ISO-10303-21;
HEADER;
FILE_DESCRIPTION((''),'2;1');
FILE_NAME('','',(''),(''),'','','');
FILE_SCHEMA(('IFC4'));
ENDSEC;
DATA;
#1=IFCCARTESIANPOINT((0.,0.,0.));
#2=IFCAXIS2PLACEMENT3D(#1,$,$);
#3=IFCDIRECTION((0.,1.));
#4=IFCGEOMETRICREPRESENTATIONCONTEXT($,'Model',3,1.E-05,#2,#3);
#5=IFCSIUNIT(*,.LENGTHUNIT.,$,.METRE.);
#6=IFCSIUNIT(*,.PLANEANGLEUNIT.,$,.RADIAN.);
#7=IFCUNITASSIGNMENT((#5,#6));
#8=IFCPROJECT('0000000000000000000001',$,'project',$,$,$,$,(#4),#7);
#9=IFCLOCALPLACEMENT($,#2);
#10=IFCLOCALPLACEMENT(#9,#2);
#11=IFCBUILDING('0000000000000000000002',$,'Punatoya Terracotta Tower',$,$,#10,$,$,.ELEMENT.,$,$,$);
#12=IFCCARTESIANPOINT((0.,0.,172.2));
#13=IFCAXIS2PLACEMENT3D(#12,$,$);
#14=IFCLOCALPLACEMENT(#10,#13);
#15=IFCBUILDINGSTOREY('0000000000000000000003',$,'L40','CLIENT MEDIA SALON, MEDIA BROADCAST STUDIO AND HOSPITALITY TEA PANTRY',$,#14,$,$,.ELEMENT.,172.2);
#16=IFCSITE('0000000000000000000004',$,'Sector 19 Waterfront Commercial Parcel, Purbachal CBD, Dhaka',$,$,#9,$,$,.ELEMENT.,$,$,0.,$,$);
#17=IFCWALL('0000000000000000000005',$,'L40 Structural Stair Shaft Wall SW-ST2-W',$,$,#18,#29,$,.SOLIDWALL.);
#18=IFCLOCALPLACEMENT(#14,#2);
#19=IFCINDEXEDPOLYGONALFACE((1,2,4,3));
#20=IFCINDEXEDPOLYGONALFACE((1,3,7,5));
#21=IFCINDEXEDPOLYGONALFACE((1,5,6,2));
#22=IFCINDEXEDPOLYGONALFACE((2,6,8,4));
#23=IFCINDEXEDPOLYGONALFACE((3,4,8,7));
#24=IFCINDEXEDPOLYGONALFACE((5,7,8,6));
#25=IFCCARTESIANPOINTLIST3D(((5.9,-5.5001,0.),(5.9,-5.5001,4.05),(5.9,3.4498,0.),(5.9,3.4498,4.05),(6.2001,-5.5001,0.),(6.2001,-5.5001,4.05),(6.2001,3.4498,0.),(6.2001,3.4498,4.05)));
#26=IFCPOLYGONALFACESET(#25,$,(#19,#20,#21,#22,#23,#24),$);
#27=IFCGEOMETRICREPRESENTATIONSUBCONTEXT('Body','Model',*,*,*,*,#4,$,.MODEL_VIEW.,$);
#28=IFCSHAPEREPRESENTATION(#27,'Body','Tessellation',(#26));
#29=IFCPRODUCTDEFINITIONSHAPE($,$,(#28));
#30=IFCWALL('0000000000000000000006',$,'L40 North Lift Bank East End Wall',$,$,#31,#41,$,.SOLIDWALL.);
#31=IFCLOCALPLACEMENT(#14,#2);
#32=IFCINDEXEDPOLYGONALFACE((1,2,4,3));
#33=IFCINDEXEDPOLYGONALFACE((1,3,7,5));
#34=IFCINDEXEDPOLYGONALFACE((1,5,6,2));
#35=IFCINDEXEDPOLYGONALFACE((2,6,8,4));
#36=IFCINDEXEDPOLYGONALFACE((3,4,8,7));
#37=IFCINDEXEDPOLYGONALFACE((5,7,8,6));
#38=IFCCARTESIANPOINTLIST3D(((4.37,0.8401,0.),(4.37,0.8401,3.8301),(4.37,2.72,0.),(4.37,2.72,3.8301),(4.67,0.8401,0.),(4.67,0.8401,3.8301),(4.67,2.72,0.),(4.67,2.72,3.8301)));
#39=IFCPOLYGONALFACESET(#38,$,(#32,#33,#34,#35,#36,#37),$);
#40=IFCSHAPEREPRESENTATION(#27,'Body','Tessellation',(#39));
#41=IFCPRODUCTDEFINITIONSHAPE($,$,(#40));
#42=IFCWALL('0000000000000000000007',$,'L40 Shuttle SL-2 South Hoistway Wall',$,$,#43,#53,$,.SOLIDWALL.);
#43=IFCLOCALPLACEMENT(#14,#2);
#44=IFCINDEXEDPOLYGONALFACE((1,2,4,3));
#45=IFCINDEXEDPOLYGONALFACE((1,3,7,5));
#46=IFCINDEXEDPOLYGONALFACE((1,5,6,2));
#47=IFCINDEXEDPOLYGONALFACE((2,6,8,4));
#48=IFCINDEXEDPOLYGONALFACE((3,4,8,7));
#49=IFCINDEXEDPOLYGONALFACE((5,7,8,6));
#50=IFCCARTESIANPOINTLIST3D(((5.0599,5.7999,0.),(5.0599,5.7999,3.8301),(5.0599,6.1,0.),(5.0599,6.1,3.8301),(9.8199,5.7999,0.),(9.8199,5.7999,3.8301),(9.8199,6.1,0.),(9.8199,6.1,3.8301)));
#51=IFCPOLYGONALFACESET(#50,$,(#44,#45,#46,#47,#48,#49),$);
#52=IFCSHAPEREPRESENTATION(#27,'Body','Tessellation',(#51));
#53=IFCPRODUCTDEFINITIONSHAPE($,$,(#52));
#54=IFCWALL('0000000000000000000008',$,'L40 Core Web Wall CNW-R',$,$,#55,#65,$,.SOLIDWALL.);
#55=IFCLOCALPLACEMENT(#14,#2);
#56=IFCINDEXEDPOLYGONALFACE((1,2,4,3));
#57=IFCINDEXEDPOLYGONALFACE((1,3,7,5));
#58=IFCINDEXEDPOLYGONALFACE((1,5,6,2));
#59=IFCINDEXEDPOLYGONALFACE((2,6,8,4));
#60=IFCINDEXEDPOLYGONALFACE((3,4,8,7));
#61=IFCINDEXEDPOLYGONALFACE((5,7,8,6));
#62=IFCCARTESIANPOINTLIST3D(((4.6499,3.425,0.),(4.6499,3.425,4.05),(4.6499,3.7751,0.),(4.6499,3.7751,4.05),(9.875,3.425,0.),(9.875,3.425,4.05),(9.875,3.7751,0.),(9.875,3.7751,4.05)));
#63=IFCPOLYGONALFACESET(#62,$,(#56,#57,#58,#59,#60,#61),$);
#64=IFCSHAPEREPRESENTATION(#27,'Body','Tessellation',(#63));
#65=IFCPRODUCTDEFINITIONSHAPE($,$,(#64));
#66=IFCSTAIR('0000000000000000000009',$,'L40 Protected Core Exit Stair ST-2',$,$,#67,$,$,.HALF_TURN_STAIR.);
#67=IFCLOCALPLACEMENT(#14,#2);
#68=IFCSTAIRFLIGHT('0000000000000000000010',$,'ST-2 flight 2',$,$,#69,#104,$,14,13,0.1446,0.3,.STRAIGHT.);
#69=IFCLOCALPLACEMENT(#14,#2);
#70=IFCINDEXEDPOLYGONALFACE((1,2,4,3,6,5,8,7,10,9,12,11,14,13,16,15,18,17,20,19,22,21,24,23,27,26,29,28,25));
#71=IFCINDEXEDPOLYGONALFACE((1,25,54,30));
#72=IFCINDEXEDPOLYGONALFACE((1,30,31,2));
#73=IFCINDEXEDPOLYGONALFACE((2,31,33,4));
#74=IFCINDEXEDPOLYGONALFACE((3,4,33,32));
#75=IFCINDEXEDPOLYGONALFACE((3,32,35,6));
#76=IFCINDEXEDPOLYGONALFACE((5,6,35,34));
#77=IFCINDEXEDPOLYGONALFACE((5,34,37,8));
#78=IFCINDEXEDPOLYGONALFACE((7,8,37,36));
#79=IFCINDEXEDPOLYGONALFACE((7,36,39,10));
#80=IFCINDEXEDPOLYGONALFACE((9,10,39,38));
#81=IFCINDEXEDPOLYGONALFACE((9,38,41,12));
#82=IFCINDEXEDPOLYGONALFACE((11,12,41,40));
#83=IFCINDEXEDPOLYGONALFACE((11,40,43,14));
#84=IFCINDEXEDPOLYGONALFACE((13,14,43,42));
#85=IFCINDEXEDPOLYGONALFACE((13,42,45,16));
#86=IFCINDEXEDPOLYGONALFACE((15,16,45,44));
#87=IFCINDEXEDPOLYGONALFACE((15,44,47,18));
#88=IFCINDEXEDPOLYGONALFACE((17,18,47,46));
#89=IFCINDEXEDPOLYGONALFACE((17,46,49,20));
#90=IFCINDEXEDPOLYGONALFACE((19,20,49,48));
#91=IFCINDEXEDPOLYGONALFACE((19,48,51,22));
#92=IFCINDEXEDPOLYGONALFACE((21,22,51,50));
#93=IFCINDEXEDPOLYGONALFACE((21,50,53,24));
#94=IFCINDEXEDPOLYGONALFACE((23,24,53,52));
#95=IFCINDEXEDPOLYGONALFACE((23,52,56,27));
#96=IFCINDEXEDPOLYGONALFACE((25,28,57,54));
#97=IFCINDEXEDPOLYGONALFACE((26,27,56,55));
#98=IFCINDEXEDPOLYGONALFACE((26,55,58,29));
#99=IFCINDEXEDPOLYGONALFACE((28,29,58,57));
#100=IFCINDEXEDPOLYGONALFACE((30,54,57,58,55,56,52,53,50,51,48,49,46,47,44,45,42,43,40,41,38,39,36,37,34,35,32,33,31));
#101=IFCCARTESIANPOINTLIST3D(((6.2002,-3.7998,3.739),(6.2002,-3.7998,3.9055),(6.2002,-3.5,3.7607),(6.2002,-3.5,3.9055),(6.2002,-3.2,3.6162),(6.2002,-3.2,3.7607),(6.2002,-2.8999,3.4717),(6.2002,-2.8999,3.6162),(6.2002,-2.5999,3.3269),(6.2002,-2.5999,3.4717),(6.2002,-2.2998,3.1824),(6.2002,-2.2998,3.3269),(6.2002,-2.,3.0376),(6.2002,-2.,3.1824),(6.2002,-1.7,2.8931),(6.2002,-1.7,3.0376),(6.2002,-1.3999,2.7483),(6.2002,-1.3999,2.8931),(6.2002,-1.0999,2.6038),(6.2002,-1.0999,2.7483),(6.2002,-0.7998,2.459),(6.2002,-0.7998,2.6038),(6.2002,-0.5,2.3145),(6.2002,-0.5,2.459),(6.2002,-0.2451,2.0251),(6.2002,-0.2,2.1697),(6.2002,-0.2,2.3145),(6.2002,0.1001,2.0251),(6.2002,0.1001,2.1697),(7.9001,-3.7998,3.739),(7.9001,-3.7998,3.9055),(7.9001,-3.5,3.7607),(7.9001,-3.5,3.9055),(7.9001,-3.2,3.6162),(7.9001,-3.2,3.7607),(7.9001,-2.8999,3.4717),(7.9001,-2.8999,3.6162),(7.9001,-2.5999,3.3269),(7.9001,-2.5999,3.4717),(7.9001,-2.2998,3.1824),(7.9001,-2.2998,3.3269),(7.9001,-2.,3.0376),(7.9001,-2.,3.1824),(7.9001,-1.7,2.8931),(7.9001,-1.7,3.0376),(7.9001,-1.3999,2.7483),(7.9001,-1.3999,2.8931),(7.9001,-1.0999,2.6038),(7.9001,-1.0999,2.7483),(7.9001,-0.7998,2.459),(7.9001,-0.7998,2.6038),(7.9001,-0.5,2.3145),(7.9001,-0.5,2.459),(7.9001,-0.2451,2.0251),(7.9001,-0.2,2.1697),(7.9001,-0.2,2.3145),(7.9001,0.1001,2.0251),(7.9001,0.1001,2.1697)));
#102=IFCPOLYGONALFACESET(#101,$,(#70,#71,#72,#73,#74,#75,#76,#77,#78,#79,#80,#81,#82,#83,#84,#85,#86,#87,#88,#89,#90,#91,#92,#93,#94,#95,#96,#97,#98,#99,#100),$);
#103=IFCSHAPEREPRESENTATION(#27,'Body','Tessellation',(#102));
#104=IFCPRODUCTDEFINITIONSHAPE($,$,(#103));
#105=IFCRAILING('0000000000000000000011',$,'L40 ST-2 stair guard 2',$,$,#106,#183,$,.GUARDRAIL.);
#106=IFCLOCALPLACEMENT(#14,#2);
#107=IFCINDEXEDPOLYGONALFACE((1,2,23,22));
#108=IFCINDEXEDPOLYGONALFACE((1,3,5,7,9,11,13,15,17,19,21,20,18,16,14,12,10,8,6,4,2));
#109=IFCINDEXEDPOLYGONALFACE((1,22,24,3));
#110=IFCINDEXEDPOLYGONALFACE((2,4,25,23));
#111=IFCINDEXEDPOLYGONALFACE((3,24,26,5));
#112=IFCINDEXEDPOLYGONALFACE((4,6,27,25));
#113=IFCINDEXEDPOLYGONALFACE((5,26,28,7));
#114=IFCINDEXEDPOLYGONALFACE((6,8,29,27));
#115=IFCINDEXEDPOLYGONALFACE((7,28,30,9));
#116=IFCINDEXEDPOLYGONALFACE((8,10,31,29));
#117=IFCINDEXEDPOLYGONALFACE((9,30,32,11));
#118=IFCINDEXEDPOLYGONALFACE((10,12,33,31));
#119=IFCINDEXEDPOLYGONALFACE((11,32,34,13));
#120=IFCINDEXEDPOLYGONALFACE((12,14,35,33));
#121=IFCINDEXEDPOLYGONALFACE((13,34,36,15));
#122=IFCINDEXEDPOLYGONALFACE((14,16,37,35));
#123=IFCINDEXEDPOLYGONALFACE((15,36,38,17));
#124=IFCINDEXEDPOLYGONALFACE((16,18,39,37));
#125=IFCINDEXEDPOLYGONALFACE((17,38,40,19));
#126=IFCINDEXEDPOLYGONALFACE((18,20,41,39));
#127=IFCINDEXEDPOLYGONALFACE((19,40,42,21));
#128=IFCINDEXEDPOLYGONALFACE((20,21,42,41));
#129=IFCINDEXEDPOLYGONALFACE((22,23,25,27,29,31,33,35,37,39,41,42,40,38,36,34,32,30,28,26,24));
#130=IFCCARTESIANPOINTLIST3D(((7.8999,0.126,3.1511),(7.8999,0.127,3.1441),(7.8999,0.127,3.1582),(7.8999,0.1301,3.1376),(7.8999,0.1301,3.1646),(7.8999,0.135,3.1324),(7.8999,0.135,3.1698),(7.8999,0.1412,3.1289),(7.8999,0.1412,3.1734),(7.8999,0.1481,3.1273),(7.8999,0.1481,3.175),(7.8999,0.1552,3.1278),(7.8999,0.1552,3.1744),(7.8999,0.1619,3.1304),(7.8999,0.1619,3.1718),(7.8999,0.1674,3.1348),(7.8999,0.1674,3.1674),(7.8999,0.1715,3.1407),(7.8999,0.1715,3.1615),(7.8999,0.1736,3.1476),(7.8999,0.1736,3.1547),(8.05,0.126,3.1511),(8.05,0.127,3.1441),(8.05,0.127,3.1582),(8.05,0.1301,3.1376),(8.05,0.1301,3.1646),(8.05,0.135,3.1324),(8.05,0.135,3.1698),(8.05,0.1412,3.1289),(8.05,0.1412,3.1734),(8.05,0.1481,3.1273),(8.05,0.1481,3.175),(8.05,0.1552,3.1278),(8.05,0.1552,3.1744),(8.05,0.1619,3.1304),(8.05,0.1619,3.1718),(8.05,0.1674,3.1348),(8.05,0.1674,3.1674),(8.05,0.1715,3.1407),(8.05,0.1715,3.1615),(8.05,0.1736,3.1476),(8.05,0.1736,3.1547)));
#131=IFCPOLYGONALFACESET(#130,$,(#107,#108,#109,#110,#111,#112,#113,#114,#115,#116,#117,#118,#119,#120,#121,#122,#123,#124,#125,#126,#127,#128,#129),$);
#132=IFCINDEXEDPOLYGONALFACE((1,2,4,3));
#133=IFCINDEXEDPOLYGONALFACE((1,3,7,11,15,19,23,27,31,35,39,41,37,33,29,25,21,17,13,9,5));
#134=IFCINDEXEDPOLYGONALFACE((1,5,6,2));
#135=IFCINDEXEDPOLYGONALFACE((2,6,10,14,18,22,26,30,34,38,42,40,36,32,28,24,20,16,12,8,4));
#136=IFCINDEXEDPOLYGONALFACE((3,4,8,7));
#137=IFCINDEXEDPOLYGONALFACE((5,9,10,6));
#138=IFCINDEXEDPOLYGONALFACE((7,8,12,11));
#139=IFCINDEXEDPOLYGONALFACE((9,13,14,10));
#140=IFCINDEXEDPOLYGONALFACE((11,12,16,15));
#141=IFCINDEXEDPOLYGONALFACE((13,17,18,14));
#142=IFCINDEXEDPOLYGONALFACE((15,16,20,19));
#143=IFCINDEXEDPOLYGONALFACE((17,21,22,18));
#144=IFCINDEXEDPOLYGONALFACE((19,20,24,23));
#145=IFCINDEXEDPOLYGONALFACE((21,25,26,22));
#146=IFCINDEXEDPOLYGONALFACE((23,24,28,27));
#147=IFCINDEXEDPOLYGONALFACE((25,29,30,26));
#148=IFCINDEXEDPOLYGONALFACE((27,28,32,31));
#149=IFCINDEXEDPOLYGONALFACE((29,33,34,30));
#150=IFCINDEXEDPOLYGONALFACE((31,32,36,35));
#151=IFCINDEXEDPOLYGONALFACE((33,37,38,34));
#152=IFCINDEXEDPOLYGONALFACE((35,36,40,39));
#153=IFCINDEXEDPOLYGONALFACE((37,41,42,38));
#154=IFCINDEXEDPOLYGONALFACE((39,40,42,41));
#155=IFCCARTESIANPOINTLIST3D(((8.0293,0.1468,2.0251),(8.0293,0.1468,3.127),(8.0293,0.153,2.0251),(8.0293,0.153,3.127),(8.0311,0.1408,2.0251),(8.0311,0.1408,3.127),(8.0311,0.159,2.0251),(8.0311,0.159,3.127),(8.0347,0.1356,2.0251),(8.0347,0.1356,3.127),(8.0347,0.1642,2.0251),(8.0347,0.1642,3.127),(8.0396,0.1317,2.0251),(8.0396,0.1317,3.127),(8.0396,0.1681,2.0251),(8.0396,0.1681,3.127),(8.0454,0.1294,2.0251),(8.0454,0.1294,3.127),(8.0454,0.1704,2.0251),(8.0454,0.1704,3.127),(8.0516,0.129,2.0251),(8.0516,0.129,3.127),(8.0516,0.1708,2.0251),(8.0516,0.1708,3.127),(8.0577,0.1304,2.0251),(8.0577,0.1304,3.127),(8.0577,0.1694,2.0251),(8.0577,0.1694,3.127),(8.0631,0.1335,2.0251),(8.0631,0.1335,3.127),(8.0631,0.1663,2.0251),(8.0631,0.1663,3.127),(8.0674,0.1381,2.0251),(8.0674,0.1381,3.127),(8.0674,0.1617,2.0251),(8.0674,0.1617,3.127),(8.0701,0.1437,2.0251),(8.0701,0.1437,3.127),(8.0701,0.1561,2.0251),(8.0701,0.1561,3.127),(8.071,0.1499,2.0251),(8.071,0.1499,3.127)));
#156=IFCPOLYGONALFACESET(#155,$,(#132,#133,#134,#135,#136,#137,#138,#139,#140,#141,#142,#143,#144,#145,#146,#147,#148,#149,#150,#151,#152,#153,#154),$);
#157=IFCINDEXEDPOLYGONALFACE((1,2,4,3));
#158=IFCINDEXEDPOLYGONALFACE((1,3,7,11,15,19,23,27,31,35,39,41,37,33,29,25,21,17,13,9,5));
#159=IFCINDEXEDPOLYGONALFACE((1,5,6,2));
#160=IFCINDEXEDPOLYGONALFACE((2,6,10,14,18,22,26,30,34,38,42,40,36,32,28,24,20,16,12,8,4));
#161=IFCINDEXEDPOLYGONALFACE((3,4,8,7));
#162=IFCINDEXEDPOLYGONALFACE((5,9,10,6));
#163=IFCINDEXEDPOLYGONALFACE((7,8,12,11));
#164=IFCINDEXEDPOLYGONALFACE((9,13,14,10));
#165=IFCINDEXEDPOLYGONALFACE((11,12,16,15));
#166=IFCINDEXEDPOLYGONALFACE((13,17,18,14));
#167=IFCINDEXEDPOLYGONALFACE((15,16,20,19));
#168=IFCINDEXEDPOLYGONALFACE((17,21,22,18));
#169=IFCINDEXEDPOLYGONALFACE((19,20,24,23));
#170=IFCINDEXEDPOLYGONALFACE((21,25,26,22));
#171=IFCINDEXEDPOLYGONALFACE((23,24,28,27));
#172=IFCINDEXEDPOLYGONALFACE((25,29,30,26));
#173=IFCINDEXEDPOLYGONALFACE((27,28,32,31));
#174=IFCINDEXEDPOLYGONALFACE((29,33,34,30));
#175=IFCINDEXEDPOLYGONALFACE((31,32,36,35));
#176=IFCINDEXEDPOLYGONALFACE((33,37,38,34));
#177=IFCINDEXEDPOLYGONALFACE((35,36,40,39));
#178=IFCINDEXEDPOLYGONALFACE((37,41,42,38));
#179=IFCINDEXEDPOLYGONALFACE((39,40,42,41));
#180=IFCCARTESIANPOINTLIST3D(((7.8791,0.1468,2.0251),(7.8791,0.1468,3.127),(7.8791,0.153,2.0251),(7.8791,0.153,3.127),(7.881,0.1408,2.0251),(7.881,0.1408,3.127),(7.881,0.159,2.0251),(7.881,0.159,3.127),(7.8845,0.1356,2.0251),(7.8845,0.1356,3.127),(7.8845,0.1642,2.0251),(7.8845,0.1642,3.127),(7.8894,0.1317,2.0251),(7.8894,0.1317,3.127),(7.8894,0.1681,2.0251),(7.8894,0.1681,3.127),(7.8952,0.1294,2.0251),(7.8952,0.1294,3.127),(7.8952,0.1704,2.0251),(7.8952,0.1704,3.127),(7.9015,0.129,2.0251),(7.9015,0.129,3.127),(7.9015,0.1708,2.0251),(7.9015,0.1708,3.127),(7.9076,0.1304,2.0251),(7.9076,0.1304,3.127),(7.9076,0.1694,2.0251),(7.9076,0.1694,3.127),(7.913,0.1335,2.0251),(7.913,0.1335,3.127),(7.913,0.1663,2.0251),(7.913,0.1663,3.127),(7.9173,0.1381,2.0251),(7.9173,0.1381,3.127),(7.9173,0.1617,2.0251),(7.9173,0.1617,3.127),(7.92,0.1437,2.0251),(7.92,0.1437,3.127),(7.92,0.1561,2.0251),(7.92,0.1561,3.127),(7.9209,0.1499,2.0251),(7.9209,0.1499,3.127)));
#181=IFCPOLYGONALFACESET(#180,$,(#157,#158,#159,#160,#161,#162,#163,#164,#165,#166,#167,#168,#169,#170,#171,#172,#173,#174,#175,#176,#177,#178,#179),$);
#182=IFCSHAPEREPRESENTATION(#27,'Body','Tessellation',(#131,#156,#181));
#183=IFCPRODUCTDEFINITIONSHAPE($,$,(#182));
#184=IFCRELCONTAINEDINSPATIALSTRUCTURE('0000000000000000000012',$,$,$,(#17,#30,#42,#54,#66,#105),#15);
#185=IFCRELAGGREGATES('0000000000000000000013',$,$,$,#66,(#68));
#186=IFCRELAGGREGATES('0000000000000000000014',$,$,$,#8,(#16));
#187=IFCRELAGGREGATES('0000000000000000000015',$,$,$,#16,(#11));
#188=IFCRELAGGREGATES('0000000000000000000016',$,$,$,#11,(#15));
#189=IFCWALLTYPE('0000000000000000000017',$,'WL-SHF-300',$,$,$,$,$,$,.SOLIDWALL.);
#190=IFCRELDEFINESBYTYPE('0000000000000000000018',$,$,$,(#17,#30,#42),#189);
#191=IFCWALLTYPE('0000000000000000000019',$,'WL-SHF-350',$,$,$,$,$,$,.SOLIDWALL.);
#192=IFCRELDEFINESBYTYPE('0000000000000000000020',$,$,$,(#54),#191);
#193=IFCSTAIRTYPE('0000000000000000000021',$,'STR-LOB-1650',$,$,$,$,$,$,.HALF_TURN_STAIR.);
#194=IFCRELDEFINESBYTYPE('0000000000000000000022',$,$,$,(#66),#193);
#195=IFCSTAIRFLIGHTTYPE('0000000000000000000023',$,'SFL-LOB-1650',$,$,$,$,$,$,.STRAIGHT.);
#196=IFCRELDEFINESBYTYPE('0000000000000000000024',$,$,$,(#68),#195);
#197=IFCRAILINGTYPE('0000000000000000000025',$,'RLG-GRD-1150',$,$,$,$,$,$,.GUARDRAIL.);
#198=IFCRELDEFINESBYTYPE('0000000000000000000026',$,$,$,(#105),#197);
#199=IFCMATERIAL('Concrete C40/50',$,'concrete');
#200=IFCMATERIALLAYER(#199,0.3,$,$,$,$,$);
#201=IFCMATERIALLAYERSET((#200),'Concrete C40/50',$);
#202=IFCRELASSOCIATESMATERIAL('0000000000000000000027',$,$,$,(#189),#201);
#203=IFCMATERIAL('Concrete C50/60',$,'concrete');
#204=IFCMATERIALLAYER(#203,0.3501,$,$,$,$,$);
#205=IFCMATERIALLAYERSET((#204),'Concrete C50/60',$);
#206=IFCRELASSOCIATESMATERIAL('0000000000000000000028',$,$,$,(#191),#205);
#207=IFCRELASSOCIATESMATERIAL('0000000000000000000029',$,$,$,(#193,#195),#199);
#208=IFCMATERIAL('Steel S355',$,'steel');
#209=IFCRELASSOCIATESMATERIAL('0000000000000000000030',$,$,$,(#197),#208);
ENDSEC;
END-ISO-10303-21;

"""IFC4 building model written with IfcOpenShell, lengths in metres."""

from ifc_helpers import new_model, si_unit, direction, frame, frame_2d, origin, origin_2d, place, context, subcontext, project, spatial, polyline, rectangle, circle, outline, extrude, material, layer, layer_set, type_object, element, aggregate, save


model = new_model("IFC4")

# Units and contexts
model_context = context("Model", 3, precision=1e-05, world=origin(), true_north=direction((0.0, 1.0)))
body_context = subcontext(model_context, "Body", "Model", "MODEL_VIEW")
ifc_project = project(units=[si_unit("LENGTHUNIT", "METRE"), si_unit("PLANEANGLEUNIT", "RADIAN")], contexts=[model_context])

# Site, building, storey
site_placement = place(None, origin())
site = spatial("IfcSite", under=ifc_project, at=site_placement, Name="Sector 19 Waterfront Commercial Parcel, Purbachal CBD, Dhaka", CompositionType="ELEMENT", RefElevation=0.0)
building_placement = place(site_placement, origin())
building = spatial("IfcBuilding", under=site, at=building_placement, Name="Punatoya Terracotta Tower", CompositionType="ELEMENT")
storey_placement = place(building_placement, frame((0.0, 0.0, 172.2)))
storey = spatial("IfcBuildingStorey", under=building, at=storey_placement, Name="L40", Description="CLIENT MEDIA SALON, MEDIA BROADCAST STUDIO AND HOSPITALITY TEA PANTRY", CompositionType="ELEMENT", Elevation=172.2)

# Shared definitions
ifc_material_1 = material(Name="Steel S355", Category="steel")

# Walls
ifc_material_2 = material(Name="Concrete C40/50", Category="concrete")
ifc_layer_1 = layer(ifc_material_2, 0.3)
ifc_layer_set_1 = layer_set([ifc_layer_1], Name="Concrete C40/50")
wall_type_1 = type_object("IfcWallType", Name="WL-SHF-300", PredefinedType="SOLIDWALL", material=ifc_layer_set_1)
wall_1_placement = place(storey_placement, frame((6.05, 3.45, 0.0), z_axis=(0.0, 0.0, 1.0), x_axis=(0.0, -1.0, 0.0)))
element("IfcWall", 1, at=wall_1_placement, inside=storey, type_object=wall_type_1, Name="L40 Structural Stair Shaft Wall SW-ST2-W", PredefinedType="SOLIDWALL", context=body_context, shape_type="SweptSolid", body=[
    extrude(rectangle(XDim=8.95, YDim=0.3, at=frame_2d((4.4751, 0.0))), origin(), (0.0, 0.0, 1.0), 4.05),
])
wall_2_placement = place(storey_placement, frame((4.52, 0.8401, 0.0), z_axis=(0.0, 0.0, 1.0), x_axis=(0.0, 1.0, 0.0)))
element("IfcWall", 2, at=wall_2_placement, inside=storey, type_object=wall_type_1, Name="L40 North Lift Bank East End Wall", PredefinedType="SOLIDWALL", context=body_context, shape_type="SweptSolid", body=[
    extrude(rectangle(XDim=1.8799, YDim=0.3, at=frame_2d((0.9399, 0.0))), origin(), (0.0, 0.0, 1.0), 3.8301),
])
wall_3_placement = place(storey_placement, frame((5.0601, 5.95, 0.0), z_axis=(0.0, 0.0, 1.0), x_axis=(1.0, 0.0, 0.0)))
element("IfcWall", 3, at=wall_3_placement, inside=storey, type_object=wall_type_1, Name="L40 Shuttle SL-2 South Hoistway Wall", PredefinedType="SOLIDWALL", context=body_context, shape_type="SweptSolid", body=[
    extrude(rectangle(XDim=4.76, YDim=0.3, at=frame_2d((2.3799, 0.0))), origin(), (0.0, 0.0, 1.0), 3.8301),
])
ifc_material_3 = material(Name="Concrete C50/60", Category="concrete")
ifc_layer_2 = layer(ifc_material_3, 0.3501)
ifc_layer_set_2 = layer_set([ifc_layer_2], Name="Concrete C50/60")
wall_type_2 = type_object("IfcWallType", Name="WL-SHF-350", PredefinedType="SOLIDWALL", material=ifc_layer_set_2)
wall_4_placement = place(storey_placement, frame((4.6499, 3.6001, 0.0), z_axis=(0.0, 0.0, 1.0), x_axis=(1.0, 0.0, 0.0)))
element("IfcWall", 4, at=wall_4_placement, inside=storey, type_object=wall_type_2, Name="L40 Core Web Wall CNW-R", PredefinedType="SOLIDWALL", context=body_context, shape_type="SweptSolid", body=[
    extrude(rectangle(XDim=5.2251, YDim=0.3501, at=frame_2d((2.6125, 0.0))), origin(), (0.0, 0.0, 1.0), 4.05),
])

# Stair, stair flight
stair_type = type_object("IfcStairType", Name="STR-LOB-1650", PredefinedType="HALF_TURN_STAIR", material=ifc_material_2)
stair_placement = place(storey_placement, origin())
stair = element("IfcStair", 5, at=stair_placement, inside=storey, type_object=stair_type, Name="L40 Protected Core Exit Stair ST-2", PredefinedType="HALF_TURN_STAIR")
stair_flight_type = type_object("IfcStairFlightType", Name="SFL-LOB-1650", PredefinedType="STRAIGHT", material=ifc_material_2)
stair_flight_placement = place(storey_placement, frame((7.05, 0.1001, 2.0251), z_axis=(0.0, 0.0, 1.0), x_axis=(0.0, -1.0, 0.0)))
stair_flight = element("IfcStairFlight", 6, at=stair_flight_placement, type_object=stair_flight_type, Name="ST-2 flight 2", NumberOfRisers=14, NumberOfTreads=13, PredefinedType="STRAIGHT", RiserHeight=0.1446, TreadLength=0.3, context=body_context, shape_type="SweptSolid", body=[
    extrude(outline(polyline([(0.0, 0.0), (0.0, 0.1445), (0.3, 0.1445), (0.3, 0.2893), (0.6001, 0.2893), (0.6001, 0.4338), (0.8999, 0.4338), (0.8999, 0.5786), (1.2, 0.5786), (1.2, 0.7231), (1.5, 0.7231), (1.5, 0.8679), (1.8, 0.8679), (1.8, 1.0125), (2.1001, 1.0125), (2.1001, 1.1572), (2.3999, 1.1572), (2.3999, 1.3018), (2.7, 1.3018), (2.7, 1.4465), (3.0, 1.4465), (3.0, 1.5911), (3.3, 1.5911), (3.3, 1.7356), (3.6001, 1.7356), (3.6001, 1.8804), (3.8999, 1.8804), (3.8999, 2.0249), (3.8999, 1.7139), (0.3452, 0.0), (0.0, 0.0)])), frame((0.0, 0.8501, 0.0), z_axis=(0.0, -1.0, 0.0), x_axis=(1.0, 0.0, 0.0)), (0.0, 0.0, 1.0), 1.7),
])
aggregate(stair, [stair_flight])

# Railing
railing_type_1 = type_object("IfcRailingType", Name="RLG-GRD-1150", PredefinedType="GUARDRAIL", material=ifc_material_1)
railing_1_placement = place(storey_placement, frame((8.05, 0.1499, 2.0251)))
element("IfcRailing", 7, at=railing_1_placement, inside=storey, type_object=railing_type_1, Name="L40 ST-2 stair guard 2", PredefinedType="GUARDRAIL", context=body_context, shape_type="SweptSolid", body=[
    extrude(circle(Radius=0.0239, at=origin_2d()), frame((0.0, 0.0, 1.126), z_axis=(-1.0, 0.0, 0.0), x_axis=(0.0, -1.0, 0.0)), (0.0, 0.0, 1.0), 0.1501),
    extrude(circle(Radius=0.021, at=origin_2d()), origin(), (0.0, 0.0, 1.0), 1.1018),
    extrude(circle(Radius=0.021, at=origin_2d()), frame((-0.1501, 0.0, 0.0)), (0.0, 0.0, 1.0), 1.1018),
])

save(model, "model.ifc")
